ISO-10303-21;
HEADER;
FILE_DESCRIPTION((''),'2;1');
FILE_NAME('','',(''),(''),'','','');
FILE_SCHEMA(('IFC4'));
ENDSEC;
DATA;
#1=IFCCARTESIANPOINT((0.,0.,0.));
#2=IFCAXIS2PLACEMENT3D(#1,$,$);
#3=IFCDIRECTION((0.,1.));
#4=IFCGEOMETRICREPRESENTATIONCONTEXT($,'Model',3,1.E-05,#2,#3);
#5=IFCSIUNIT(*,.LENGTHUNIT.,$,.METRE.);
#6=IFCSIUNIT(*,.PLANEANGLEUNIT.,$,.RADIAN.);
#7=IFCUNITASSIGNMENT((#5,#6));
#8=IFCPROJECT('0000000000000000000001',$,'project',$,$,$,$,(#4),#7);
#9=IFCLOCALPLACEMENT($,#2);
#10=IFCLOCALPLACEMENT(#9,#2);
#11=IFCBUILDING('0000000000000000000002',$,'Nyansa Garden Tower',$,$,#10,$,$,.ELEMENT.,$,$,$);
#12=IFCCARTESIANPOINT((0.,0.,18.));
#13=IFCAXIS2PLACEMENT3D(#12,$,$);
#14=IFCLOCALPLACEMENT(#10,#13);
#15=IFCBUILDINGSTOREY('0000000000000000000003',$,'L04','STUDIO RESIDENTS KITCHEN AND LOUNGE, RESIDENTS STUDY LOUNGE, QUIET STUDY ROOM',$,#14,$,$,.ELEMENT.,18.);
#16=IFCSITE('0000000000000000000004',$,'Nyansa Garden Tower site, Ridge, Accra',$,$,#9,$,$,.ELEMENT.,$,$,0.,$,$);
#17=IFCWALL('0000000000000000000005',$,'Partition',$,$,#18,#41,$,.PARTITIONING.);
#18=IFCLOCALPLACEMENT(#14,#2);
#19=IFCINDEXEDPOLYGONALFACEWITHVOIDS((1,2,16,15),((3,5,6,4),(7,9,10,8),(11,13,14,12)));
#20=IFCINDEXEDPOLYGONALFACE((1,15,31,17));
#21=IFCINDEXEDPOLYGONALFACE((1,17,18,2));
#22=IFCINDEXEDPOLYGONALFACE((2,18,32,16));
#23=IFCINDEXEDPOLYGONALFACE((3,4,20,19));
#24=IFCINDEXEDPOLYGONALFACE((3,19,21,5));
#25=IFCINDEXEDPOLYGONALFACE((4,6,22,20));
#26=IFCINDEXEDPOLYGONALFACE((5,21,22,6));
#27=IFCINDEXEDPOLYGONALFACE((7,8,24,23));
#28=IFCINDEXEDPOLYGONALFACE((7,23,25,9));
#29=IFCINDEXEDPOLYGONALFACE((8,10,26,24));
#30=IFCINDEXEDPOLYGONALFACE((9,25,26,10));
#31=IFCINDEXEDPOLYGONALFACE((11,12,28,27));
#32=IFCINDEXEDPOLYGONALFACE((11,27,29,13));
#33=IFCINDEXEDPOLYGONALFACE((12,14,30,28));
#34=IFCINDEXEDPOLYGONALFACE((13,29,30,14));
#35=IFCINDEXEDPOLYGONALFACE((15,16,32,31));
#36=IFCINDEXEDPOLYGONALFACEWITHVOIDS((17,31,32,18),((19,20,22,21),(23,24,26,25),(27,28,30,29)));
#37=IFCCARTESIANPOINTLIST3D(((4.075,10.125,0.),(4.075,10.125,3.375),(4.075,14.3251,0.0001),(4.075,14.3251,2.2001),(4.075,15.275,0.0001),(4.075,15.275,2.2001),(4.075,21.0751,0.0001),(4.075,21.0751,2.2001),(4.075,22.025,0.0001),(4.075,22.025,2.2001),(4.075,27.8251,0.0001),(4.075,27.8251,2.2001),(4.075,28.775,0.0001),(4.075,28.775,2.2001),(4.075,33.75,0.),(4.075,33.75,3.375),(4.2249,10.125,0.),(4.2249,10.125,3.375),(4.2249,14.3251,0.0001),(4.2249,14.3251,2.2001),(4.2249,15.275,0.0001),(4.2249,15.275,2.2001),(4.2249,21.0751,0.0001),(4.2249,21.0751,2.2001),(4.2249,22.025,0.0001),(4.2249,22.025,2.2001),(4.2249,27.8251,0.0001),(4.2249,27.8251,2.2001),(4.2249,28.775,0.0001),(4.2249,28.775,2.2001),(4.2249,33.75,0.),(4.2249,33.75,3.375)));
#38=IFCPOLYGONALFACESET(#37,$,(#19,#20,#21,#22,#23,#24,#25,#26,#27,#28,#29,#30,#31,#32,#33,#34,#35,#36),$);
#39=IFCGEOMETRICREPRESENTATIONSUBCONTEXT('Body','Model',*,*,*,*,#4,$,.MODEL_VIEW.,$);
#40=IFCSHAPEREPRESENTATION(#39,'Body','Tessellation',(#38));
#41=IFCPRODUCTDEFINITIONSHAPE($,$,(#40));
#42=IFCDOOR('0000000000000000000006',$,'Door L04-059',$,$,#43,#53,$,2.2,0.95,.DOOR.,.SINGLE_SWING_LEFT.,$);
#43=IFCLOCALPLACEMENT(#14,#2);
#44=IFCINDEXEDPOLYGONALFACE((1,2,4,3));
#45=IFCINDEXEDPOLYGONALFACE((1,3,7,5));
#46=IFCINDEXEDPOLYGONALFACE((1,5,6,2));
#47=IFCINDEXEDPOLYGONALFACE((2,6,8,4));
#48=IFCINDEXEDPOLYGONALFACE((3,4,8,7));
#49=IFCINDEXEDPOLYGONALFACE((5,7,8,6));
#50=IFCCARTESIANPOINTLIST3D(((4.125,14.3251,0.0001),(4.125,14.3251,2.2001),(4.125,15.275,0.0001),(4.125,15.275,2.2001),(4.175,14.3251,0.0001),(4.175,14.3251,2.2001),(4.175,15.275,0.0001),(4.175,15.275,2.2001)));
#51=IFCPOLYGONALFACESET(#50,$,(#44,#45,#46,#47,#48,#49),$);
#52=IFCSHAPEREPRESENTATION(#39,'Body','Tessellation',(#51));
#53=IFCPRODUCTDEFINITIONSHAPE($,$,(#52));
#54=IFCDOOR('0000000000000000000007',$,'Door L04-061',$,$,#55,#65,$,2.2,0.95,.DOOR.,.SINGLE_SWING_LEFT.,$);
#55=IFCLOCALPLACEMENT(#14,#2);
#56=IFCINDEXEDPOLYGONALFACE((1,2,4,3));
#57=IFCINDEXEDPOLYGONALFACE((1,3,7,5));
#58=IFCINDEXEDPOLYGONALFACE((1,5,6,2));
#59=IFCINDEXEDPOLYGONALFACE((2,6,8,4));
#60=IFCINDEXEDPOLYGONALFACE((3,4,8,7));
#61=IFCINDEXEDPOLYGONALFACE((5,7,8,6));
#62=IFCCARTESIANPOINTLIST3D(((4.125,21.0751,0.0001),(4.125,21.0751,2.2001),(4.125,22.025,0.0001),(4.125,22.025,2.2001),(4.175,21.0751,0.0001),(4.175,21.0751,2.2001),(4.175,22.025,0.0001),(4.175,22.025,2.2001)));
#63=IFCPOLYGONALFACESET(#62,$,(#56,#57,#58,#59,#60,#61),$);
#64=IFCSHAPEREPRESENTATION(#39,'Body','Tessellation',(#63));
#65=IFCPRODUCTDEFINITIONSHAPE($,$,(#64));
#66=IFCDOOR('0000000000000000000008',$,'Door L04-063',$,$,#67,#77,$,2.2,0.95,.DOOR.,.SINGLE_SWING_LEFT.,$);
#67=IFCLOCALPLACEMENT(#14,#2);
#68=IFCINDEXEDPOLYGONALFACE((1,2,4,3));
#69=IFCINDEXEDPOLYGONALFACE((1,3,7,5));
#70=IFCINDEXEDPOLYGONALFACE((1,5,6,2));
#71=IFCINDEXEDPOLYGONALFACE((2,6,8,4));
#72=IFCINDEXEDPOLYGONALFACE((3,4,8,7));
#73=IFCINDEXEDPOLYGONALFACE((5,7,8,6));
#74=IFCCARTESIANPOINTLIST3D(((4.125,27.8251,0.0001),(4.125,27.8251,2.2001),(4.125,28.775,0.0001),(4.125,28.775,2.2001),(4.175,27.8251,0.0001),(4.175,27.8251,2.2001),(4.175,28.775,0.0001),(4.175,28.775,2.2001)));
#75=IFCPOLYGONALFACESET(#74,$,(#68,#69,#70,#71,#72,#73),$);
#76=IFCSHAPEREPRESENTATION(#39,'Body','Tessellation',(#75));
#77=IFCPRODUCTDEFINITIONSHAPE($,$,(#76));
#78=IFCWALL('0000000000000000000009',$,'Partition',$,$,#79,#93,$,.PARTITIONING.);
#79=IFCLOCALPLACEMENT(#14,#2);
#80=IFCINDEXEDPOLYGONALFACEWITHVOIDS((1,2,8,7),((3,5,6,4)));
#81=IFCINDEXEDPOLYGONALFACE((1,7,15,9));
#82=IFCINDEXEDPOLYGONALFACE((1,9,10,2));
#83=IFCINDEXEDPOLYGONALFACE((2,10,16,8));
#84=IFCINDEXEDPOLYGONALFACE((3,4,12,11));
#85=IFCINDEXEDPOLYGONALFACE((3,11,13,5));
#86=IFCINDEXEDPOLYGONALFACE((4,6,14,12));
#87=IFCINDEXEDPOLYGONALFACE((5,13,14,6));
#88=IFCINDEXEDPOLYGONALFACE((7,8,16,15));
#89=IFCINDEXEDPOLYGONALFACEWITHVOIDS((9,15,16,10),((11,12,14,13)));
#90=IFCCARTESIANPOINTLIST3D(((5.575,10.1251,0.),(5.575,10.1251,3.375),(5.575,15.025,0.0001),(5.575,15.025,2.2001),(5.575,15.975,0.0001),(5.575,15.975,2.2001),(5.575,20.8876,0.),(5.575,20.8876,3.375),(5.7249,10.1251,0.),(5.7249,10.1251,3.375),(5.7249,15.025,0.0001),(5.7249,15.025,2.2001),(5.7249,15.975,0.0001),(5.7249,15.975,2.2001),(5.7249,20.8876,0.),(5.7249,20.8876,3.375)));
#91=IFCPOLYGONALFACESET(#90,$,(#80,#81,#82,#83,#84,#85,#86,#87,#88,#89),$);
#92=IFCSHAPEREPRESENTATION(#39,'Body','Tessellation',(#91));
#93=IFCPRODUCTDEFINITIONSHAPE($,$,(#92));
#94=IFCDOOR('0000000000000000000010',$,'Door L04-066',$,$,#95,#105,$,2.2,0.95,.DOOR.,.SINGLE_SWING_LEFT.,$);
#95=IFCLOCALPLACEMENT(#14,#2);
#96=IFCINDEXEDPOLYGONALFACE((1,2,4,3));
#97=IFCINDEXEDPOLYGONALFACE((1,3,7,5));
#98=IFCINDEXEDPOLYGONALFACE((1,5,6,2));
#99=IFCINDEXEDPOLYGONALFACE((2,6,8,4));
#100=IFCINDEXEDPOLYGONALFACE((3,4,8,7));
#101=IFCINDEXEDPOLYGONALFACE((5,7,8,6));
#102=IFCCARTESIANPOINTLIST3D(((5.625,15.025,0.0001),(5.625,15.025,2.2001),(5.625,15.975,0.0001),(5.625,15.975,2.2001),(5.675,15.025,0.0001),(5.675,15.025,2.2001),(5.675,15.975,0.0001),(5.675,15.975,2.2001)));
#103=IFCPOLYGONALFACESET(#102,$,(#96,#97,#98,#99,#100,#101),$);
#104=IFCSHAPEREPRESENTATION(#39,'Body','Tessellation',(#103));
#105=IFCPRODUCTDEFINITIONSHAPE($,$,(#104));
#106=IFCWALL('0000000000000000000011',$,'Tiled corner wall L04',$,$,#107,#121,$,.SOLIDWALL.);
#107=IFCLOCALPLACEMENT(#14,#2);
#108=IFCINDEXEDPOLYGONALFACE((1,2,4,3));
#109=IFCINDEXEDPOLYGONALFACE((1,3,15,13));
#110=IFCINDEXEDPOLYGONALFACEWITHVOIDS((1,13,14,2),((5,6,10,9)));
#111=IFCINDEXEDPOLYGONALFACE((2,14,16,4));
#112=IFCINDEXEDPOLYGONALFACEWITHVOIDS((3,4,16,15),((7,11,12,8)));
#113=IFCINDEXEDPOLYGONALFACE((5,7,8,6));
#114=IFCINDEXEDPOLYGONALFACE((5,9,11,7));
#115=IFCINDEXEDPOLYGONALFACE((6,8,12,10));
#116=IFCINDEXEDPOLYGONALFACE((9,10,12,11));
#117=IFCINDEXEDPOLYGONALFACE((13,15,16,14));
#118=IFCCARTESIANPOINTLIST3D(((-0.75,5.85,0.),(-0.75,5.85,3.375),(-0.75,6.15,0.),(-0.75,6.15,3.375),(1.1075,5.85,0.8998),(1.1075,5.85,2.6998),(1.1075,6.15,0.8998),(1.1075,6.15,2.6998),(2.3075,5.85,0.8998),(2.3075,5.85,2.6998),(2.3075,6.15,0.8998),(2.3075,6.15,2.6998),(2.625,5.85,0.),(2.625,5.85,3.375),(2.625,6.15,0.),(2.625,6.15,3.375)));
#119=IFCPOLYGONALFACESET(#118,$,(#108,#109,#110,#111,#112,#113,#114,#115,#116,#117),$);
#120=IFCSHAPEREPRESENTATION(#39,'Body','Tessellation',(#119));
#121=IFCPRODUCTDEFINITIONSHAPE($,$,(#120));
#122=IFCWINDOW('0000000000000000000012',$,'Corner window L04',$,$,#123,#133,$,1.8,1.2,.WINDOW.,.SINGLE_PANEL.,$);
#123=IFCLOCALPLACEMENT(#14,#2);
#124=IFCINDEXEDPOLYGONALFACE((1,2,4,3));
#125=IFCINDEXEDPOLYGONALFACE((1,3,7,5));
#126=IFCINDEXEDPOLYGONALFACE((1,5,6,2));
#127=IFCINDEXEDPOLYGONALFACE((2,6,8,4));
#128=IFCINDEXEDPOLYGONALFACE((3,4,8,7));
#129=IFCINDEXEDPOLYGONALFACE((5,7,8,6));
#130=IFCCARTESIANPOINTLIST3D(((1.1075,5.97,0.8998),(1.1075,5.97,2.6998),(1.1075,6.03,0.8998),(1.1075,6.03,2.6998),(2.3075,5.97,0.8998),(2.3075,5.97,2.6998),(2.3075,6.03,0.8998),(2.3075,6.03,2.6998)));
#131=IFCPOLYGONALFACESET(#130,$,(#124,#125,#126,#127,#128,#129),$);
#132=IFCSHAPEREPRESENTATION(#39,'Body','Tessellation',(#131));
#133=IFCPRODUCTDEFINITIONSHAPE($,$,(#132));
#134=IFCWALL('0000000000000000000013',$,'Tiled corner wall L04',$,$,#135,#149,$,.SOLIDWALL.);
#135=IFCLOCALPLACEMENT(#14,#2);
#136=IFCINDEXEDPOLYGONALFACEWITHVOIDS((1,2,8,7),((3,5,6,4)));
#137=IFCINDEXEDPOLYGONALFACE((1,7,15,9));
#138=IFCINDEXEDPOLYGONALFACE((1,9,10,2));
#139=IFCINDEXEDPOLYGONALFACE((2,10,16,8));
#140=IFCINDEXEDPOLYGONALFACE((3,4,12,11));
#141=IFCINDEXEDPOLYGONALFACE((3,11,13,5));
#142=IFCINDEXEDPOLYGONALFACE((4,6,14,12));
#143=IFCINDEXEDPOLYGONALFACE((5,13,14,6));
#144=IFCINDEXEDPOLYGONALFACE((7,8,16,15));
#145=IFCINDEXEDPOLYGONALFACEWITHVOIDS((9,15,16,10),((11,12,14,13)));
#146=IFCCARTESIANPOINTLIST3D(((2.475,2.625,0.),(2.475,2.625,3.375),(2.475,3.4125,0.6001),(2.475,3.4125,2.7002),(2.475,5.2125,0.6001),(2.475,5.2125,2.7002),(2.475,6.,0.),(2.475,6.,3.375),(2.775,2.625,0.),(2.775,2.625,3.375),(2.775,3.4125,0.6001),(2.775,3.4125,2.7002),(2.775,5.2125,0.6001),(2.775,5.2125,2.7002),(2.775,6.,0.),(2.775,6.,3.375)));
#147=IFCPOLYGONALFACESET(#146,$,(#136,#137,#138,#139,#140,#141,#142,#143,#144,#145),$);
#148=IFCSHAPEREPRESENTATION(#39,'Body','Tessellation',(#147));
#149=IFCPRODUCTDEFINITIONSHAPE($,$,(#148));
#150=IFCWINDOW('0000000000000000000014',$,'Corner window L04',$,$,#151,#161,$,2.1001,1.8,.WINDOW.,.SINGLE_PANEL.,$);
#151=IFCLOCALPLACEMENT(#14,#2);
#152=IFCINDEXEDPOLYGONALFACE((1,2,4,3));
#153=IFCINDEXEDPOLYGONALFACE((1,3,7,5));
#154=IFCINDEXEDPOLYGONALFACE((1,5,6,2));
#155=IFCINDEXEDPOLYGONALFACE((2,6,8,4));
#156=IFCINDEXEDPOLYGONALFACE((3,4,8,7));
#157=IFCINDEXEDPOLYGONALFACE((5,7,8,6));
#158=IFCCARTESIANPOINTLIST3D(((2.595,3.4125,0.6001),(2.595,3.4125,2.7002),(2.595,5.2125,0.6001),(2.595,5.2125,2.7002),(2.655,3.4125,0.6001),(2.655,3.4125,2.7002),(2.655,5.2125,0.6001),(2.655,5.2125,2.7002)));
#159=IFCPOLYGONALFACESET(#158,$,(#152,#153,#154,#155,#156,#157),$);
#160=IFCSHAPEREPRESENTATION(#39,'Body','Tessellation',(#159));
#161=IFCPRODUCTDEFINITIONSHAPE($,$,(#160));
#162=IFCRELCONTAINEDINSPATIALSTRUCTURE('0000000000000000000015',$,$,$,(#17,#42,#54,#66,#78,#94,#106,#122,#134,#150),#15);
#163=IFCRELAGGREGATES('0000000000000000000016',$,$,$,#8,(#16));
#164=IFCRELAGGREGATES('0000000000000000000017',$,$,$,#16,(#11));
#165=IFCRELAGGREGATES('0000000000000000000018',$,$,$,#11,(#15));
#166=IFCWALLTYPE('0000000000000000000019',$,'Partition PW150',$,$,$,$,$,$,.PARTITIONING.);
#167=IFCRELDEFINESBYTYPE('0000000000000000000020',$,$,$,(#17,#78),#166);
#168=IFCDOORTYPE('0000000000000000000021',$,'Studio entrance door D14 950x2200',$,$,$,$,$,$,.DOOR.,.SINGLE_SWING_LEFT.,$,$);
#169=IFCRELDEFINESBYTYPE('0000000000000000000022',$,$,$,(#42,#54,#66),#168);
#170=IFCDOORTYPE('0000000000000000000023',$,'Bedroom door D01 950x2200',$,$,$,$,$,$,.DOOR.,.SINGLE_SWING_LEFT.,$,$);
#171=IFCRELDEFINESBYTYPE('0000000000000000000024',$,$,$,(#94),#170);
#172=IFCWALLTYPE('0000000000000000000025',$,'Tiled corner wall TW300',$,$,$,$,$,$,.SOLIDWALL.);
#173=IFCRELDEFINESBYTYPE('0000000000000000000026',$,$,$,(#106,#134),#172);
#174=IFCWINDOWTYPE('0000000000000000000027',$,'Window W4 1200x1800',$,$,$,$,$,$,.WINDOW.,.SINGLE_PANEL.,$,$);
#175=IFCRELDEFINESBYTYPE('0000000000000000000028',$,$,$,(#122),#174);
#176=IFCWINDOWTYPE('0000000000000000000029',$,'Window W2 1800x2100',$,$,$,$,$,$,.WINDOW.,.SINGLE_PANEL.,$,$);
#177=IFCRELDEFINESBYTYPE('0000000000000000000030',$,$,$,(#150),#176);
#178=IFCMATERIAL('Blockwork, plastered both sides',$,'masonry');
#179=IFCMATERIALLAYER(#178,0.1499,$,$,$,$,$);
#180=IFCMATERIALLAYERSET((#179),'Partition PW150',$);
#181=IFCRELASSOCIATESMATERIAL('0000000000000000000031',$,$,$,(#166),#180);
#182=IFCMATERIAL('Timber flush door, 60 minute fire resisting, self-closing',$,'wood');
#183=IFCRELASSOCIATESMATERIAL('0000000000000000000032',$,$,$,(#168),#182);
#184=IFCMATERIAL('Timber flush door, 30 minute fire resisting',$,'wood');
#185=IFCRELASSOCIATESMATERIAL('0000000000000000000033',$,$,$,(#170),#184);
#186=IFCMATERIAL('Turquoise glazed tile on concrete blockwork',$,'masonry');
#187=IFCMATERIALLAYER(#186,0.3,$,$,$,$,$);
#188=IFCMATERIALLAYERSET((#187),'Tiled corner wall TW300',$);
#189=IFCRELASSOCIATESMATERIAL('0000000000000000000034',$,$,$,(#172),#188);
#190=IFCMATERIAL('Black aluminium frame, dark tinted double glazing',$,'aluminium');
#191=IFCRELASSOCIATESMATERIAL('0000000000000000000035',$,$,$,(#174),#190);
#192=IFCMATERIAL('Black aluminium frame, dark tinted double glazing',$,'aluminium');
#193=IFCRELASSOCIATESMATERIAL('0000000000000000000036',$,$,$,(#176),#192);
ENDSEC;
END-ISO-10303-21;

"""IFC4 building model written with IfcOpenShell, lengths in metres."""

from ifc_helpers import new_model, si_unit, direction, frame, frame_2d, origin, place, context, subcontext, project, spatial, rectangle, extrude, material, layer, layer_set, type_object, element, fill, save


model = new_model("IFC4")

# Units and contexts
model_context = context("Model", 3, precision=1e-05, world=origin(), true_north=direction((0.0, 1.0)))
body_context = subcontext(model_context, "Body", "Model", "MODEL_VIEW")
ifc_project = project(units=[si_unit("LENGTHUNIT", "METRE"), si_unit("PLANEANGLEUNIT", "RADIAN")], contexts=[model_context])

# Site, building, storey
site_placement = place(None, origin())
site = spatial("IfcSite", under=ifc_project, at=site_placement, Name="Nyansa Garden Tower site, Ridge, Accra", CompositionType="ELEMENT", RefElevation=0.0)
building_placement = place(site_placement, origin())
building = spatial("IfcBuilding", under=site, at=building_placement, Name="Nyansa Garden Tower", CompositionType="ELEMENT")
storey_placement = place(building_placement, frame((0.0, 0.0, 18.0)))
storey = spatial("IfcBuildingStorey", under=building, at=storey_placement, Name="L04", Description="STUDIO RESIDENTS KITCHEN AND LOUNGE, RESIDENTS STUDY LOUNGE, QUIET STUDY ROOM", CompositionType="ELEMENT", Elevation=18.0)

# Shared definitions
ifc_material_1 = material(Name="Blockwork, plastered both sides", Category="masonry")
ifc_layer_1 = layer(ifc_material_1, 0.1499)
ifc_layer_set_1 = layer_set([ifc_layer_1], Name="Partition PW150")
wall_type_1 = type_object("IfcWallType", Name="Partition PW150", PredefinedType="PARTITIONING", material=ifc_layer_set_1)

# Wall, openings, doors
wall_1_placement = place(storey_placement, frame((4.1499, 10.125, 0.0), z_axis=(0.0, 0.0, 1.0), x_axis=(0.0, 1.0, 0.0)))
wall_1 = element("IfcWall", 1, at=wall_1_placement, inside=storey, type_object=wall_type_1, Name="Partition", PredefinedType="PARTITIONING", context=body_context, shape_type="SweptSolid", body=[
    extrude(rectangle(XDim=23.625, YDim=0.1499, at=frame_2d((11.8125, 0.0))), origin(), (0.0, 0.0, 1.0), 3.375),
])
opening_1_placement = place(wall_1_placement, frame((4.2, 0.0, 0.0)))
opening_1 = element("IfcOpeningElement", 2, at=opening_1_placement, cuts=wall_1, PredefinedType="OPENING", context=body_context, shape_type="SweptSolid", body=[
    extrude(rectangle(XDim=0.95, YDim=2.2, at=frame_2d((0.4751, 1.1001))), frame((0.0, 0.085, 0.0), z_axis=(0.0, -1.0, 0.0), x_axis=(1.0, 0.0, 0.0)), (0.0, 0.0, 1.0), 0.1699),
])
opening_2_placement = place(wall_1_placement, frame((10.95, 0.0, 0.0)))
opening_2 = element("IfcOpeningElement", 3, at=opening_2_placement, cuts=wall_1, PredefinedType="OPENING", context=body_context, shape_type="SweptSolid", body=[
    extrude(rectangle(XDim=0.95, YDim=2.2, at=frame_2d((0.4751, 1.1001))), frame((0.0, 0.085, 0.0), z_axis=(0.0, -1.0, 0.0), x_axis=(1.0, 0.0, 0.0)), (0.0, 0.0, 1.0), 0.1699),
])
opening_3_placement = place(wall_1_placement, frame((17.7, 0.0, 0.0)))
opening_3 = element("IfcOpeningElement", 4, at=opening_3_placement, cuts=wall_1, PredefinedType="OPENING", context=body_context, shape_type="SweptSolid", body=[
    extrude(rectangle(XDim=0.95, YDim=2.2, at=frame_2d((0.4751, 1.1001))), frame((0.0, 0.085, 0.0), z_axis=(0.0, -1.0, 0.0), x_axis=(1.0, 0.0, 0.0)), (0.0, 0.0, 1.0), 0.1699),
])
ifc_material_2 = material(Name="Timber flush door, 60 minute fire resisting, self-closing", Category="wood")
door_type_1 = type_object("IfcDoorType", Name="Studio entrance door D14 950x2200", OperationType="SINGLE_SWING_LEFT", PredefinedType="DOOR", material=ifc_material_2)
door_1_placement = place(opening_1_placement, origin())
door_1 = element("IfcDoor", 5, at=door_1_placement, inside=storey, type_object=door_type_1, Name="Door L04-059", OperationType="SINGLE_SWING_LEFT", OverallHeight=2.2, OverallWidth=0.95, PredefinedType="DOOR", context=body_context, shape_type="SweptSolid", body=[
    extrude(rectangle(XDim=0.95, YDim=2.2, at=frame_2d((0.4751, 1.1001))), frame((0.0, 0.0249, 0.0), z_axis=(0.0, -1.0, 0.0), x_axis=(1.0, 0.0, 0.0)), (0.0, 0.0, 1.0), 0.05),
])
fill(opening_1, door_1)
door_2_placement = place(opening_2_placement, origin())
door_2 = element("IfcDoor", 6, at=door_2_placement, inside=storey, type_object=door_type_1, Name="Door L04-061", OperationType="SINGLE_SWING_LEFT", OverallHeight=2.2, OverallWidth=0.95, PredefinedType="DOOR", context=body_context, shape_type="SweptSolid", body=[
    extrude(rectangle(XDim=0.95, YDim=2.2, at=frame_2d((0.4751, 1.1001))), frame((0.0, 0.0249, 0.0), z_axis=(0.0, -1.0, 0.0), x_axis=(1.0, 0.0, 0.0)), (0.0, 0.0, 1.0), 0.05),
])
fill(opening_2, door_2)
door_3_placement = place(opening_3_placement, origin())
door_3 = element("IfcDoor", 7, at=door_3_placement, inside=storey, type_object=door_type_1, Name="Door L04-063", OperationType="SINGLE_SWING_LEFT", OverallHeight=2.2, OverallWidth=0.95, PredefinedType="DOOR", context=body_context, shape_type="SweptSolid", body=[
    extrude(rectangle(XDim=0.95, YDim=2.2, at=frame_2d((0.4751, 1.1001))), frame((0.0, 0.0249, 0.0), z_axis=(0.0, -1.0, 0.0), x_axis=(1.0, 0.0, 0.0)), (0.0, 0.0, 1.0), 0.05),
])
fill(opening_3, door_3)

# Wall, opening, door
wall_2_placement = place(storey_placement, frame((5.6499, 10.125, 0.0), z_axis=(0.0, 0.0, 1.0), x_axis=(0.0, 1.0, 0.0)))
wall_2 = element("IfcWall", 8, at=wall_2_placement, inside=storey, type_object=wall_type_1, Name="Partition", PredefinedType="PARTITIONING", context=body_context, shape_type="SweptSolid", body=[
    extrude(rectangle(XDim=10.7625, YDim=0.1499, at=frame_2d((5.3813, 0.0))), origin(), (0.0, 0.0, 1.0), 3.375),
])
opening_4_placement = place(wall_2_placement, frame((4.8999, 0.0, 0.0)))
opening_4 = element("IfcOpeningElement", 9, at=opening_4_placement, cuts=wall_2, PredefinedType="OPENING", context=body_context, shape_type="SweptSolid", body=[
    extrude(rectangle(XDim=0.95, YDim=2.2, at=frame_2d((0.4751, 1.1001))), frame((0.0, 0.085, 0.0), z_axis=(0.0, -1.0, 0.0), x_axis=(1.0, 0.0, 0.0)), (0.0, 0.0, 1.0), 0.1699),
])
ifc_material_3 = material(Name="Timber flush door, 30 minute fire resisting", Category="wood")
door_type_2 = type_object("IfcDoorType", Name="Bedroom door D01 950x2200", OperationType="SINGLE_SWING_LEFT", PredefinedType="DOOR", material=ifc_material_3)
door_4_placement = place(opening_4_placement, origin())
door_4 = element("IfcDoor", 10, at=door_4_placement, inside=storey, type_object=door_type_2, Name="Door L04-066", OperationType="SINGLE_SWING_LEFT", OverallHeight=2.2, OverallWidth=0.95, PredefinedType="DOOR", context=body_context, shape_type="SweptSolid", body=[
    extrude(rectangle(XDim=0.95, YDim=2.2, at=frame_2d((0.4751, 1.1001))), frame((0.0, 0.0249, 0.0), z_axis=(0.0, -1.0, 0.0), x_axis=(1.0, 0.0, 0.0)), (0.0, 0.0, 1.0), 0.05),
])
fill(opening_4, door_4)

# Walls, openings, windows
ifc_material_4 = material(Name="Turquoise glazed tile on concrete blockwork", Category="masonry")
ifc_layer_2 = layer(ifc_material_4, 0.3)
ifc_layer_set_2 = layer_set([ifc_layer_2], Name="Tiled corner wall TW300")
wall_type_2 = type_object("IfcWallType", Name="Tiled corner wall TW300", PredefinedType="SOLIDWALL", material=ifc_layer_set_2)
wall_3_placement = place(storey_placement, frame((-0.75, 6.0, 0.0), z_axis=(0.0, 0.0, 1.0), x_axis=(1.0, 0.0, 0.0)))
wall_3 = element("IfcWall", 11, at=wall_3_placement, inside=storey, type_object=wall_type_2, Name="Tiled corner wall L04", PredefinedType="SOLIDWALL", context=body_context, shape_type="SweptSolid", body=[
    extrude(rectangle(XDim=3.375, YDim=0.3, at=frame_2d((1.6875, 0.0))), origin(), (0.0, 0.0, 1.0), 3.375),
])
opening_5_placement = place(wall_3_placement, frame((1.8574, 0.0, 0.8999)))
opening_5 = element("IfcOpeningElement", 12, at=opening_5_placement, cuts=wall_3, PredefinedType="OPENING", context=body_context, shape_type="SweptSolid", body=[
    extrude(rectangle(XDim=1.2, YDim=1.8, at=frame_2d((0.6001, 0.8999))), frame((0.0, 0.1599, 0.0), z_axis=(0.0, -1.0, 0.0), x_axis=(1.0, 0.0, 0.0)), (0.0, 0.0, 1.0), 0.3201),
])
ifc_material_5 = material(Name="Black aluminium frame, dark tinted double glazing", Category="aluminium")
window_type_1 = type_object("IfcWindowType", Name="Window W4 1200x1800", PartitioningType="SINGLE_PANEL", PredefinedType="WINDOW", material=ifc_material_5)
window_1_placement = place(opening_5_placement, origin())
window_1 = element("IfcWindow", 13, at=window_1_placement, inside=storey, type_object=window_type_1, Name="Corner window L04", OverallHeight=1.8, OverallWidth=1.2, PartitioningType="SINGLE_PANEL", PredefinedType="WINDOW", context=body_context, shape_type="SweptSolid", body=[
    extrude(rectangle(XDim=1.2, YDim=1.8, at=frame_2d((0.6001, 0.8999))), frame((0.0, 0.03, 0.0), z_axis=(0.0, -1.0, 0.0), x_axis=(1.0, 0.0, 0.0)), (0.0, 0.0, 1.0), 0.0601),
])
fill(opening_5, window_1)
wall_4_placement = place(storey_placement, frame((2.625, 6.0, 0.0), z_axis=(0.0, 0.0, 1.0), x_axis=(0.0, -1.0, 0.0)))
wall_4 = element("IfcWall", 14, at=wall_4_placement, inside=storey, type_object=wall_type_2, Name="Tiled corner wall L04", PredefinedType="SOLIDWALL", context=body_context, shape_type="SweptSolid", body=[
    extrude(rectangle(XDim=3.375, YDim=0.3, at=frame_2d((1.6875, 0.0))), origin(), (0.0, 0.0, 1.0), 3.375),
])
opening_6_placement = place(wall_4_placement, frame((0.7876, 0.0, 0.6001)))
opening_6 = element("IfcOpeningElement", 15, at=opening_6_placement, cuts=wall_4, PredefinedType="OPENING", context=body_context, shape_type="SweptSolid", body=[
    extrude(rectangle(XDim=1.8, YDim=2.1001, at=frame_2d((0.8999, 1.05))), frame((0.0, 0.1599, 0.0), z_axis=(0.0, -1.0, 0.0), x_axis=(1.0, 0.0, 0.0)), (0.0, 0.0, 1.0), 0.3201),
])
ifc_material_6 = material(Name="Black aluminium frame, dark tinted double glazing", Category="aluminium")
window_type_2 = type_object("IfcWindowType", Name="Window W2 1800x2100", PartitioningType="SINGLE_PANEL", PredefinedType="WINDOW", material=ifc_material_6)
window_2_placement = place(opening_6_placement, origin())
window_2 = element("IfcWindow", 16, at=window_2_placement, inside=storey, type_object=window_type_2, Name="Corner window L04", OverallHeight=2.1001, OverallWidth=1.8, PartitioningType="SINGLE_PANEL", PredefinedType="WINDOW", context=body_context, shape_type="SweptSolid", body=[
    extrude(rectangle(XDim=1.8, YDim=2.1001, at=frame_2d((0.8999, 1.05))), frame((0.0, 0.03, 0.0), z_axis=(0.0, -1.0, 0.0), x_axis=(1.0, 0.0, 0.0)), (0.0, 0.0, 1.0), 0.0601),
])
fill(opening_6, window_2)

save(model, "model.ifc")
